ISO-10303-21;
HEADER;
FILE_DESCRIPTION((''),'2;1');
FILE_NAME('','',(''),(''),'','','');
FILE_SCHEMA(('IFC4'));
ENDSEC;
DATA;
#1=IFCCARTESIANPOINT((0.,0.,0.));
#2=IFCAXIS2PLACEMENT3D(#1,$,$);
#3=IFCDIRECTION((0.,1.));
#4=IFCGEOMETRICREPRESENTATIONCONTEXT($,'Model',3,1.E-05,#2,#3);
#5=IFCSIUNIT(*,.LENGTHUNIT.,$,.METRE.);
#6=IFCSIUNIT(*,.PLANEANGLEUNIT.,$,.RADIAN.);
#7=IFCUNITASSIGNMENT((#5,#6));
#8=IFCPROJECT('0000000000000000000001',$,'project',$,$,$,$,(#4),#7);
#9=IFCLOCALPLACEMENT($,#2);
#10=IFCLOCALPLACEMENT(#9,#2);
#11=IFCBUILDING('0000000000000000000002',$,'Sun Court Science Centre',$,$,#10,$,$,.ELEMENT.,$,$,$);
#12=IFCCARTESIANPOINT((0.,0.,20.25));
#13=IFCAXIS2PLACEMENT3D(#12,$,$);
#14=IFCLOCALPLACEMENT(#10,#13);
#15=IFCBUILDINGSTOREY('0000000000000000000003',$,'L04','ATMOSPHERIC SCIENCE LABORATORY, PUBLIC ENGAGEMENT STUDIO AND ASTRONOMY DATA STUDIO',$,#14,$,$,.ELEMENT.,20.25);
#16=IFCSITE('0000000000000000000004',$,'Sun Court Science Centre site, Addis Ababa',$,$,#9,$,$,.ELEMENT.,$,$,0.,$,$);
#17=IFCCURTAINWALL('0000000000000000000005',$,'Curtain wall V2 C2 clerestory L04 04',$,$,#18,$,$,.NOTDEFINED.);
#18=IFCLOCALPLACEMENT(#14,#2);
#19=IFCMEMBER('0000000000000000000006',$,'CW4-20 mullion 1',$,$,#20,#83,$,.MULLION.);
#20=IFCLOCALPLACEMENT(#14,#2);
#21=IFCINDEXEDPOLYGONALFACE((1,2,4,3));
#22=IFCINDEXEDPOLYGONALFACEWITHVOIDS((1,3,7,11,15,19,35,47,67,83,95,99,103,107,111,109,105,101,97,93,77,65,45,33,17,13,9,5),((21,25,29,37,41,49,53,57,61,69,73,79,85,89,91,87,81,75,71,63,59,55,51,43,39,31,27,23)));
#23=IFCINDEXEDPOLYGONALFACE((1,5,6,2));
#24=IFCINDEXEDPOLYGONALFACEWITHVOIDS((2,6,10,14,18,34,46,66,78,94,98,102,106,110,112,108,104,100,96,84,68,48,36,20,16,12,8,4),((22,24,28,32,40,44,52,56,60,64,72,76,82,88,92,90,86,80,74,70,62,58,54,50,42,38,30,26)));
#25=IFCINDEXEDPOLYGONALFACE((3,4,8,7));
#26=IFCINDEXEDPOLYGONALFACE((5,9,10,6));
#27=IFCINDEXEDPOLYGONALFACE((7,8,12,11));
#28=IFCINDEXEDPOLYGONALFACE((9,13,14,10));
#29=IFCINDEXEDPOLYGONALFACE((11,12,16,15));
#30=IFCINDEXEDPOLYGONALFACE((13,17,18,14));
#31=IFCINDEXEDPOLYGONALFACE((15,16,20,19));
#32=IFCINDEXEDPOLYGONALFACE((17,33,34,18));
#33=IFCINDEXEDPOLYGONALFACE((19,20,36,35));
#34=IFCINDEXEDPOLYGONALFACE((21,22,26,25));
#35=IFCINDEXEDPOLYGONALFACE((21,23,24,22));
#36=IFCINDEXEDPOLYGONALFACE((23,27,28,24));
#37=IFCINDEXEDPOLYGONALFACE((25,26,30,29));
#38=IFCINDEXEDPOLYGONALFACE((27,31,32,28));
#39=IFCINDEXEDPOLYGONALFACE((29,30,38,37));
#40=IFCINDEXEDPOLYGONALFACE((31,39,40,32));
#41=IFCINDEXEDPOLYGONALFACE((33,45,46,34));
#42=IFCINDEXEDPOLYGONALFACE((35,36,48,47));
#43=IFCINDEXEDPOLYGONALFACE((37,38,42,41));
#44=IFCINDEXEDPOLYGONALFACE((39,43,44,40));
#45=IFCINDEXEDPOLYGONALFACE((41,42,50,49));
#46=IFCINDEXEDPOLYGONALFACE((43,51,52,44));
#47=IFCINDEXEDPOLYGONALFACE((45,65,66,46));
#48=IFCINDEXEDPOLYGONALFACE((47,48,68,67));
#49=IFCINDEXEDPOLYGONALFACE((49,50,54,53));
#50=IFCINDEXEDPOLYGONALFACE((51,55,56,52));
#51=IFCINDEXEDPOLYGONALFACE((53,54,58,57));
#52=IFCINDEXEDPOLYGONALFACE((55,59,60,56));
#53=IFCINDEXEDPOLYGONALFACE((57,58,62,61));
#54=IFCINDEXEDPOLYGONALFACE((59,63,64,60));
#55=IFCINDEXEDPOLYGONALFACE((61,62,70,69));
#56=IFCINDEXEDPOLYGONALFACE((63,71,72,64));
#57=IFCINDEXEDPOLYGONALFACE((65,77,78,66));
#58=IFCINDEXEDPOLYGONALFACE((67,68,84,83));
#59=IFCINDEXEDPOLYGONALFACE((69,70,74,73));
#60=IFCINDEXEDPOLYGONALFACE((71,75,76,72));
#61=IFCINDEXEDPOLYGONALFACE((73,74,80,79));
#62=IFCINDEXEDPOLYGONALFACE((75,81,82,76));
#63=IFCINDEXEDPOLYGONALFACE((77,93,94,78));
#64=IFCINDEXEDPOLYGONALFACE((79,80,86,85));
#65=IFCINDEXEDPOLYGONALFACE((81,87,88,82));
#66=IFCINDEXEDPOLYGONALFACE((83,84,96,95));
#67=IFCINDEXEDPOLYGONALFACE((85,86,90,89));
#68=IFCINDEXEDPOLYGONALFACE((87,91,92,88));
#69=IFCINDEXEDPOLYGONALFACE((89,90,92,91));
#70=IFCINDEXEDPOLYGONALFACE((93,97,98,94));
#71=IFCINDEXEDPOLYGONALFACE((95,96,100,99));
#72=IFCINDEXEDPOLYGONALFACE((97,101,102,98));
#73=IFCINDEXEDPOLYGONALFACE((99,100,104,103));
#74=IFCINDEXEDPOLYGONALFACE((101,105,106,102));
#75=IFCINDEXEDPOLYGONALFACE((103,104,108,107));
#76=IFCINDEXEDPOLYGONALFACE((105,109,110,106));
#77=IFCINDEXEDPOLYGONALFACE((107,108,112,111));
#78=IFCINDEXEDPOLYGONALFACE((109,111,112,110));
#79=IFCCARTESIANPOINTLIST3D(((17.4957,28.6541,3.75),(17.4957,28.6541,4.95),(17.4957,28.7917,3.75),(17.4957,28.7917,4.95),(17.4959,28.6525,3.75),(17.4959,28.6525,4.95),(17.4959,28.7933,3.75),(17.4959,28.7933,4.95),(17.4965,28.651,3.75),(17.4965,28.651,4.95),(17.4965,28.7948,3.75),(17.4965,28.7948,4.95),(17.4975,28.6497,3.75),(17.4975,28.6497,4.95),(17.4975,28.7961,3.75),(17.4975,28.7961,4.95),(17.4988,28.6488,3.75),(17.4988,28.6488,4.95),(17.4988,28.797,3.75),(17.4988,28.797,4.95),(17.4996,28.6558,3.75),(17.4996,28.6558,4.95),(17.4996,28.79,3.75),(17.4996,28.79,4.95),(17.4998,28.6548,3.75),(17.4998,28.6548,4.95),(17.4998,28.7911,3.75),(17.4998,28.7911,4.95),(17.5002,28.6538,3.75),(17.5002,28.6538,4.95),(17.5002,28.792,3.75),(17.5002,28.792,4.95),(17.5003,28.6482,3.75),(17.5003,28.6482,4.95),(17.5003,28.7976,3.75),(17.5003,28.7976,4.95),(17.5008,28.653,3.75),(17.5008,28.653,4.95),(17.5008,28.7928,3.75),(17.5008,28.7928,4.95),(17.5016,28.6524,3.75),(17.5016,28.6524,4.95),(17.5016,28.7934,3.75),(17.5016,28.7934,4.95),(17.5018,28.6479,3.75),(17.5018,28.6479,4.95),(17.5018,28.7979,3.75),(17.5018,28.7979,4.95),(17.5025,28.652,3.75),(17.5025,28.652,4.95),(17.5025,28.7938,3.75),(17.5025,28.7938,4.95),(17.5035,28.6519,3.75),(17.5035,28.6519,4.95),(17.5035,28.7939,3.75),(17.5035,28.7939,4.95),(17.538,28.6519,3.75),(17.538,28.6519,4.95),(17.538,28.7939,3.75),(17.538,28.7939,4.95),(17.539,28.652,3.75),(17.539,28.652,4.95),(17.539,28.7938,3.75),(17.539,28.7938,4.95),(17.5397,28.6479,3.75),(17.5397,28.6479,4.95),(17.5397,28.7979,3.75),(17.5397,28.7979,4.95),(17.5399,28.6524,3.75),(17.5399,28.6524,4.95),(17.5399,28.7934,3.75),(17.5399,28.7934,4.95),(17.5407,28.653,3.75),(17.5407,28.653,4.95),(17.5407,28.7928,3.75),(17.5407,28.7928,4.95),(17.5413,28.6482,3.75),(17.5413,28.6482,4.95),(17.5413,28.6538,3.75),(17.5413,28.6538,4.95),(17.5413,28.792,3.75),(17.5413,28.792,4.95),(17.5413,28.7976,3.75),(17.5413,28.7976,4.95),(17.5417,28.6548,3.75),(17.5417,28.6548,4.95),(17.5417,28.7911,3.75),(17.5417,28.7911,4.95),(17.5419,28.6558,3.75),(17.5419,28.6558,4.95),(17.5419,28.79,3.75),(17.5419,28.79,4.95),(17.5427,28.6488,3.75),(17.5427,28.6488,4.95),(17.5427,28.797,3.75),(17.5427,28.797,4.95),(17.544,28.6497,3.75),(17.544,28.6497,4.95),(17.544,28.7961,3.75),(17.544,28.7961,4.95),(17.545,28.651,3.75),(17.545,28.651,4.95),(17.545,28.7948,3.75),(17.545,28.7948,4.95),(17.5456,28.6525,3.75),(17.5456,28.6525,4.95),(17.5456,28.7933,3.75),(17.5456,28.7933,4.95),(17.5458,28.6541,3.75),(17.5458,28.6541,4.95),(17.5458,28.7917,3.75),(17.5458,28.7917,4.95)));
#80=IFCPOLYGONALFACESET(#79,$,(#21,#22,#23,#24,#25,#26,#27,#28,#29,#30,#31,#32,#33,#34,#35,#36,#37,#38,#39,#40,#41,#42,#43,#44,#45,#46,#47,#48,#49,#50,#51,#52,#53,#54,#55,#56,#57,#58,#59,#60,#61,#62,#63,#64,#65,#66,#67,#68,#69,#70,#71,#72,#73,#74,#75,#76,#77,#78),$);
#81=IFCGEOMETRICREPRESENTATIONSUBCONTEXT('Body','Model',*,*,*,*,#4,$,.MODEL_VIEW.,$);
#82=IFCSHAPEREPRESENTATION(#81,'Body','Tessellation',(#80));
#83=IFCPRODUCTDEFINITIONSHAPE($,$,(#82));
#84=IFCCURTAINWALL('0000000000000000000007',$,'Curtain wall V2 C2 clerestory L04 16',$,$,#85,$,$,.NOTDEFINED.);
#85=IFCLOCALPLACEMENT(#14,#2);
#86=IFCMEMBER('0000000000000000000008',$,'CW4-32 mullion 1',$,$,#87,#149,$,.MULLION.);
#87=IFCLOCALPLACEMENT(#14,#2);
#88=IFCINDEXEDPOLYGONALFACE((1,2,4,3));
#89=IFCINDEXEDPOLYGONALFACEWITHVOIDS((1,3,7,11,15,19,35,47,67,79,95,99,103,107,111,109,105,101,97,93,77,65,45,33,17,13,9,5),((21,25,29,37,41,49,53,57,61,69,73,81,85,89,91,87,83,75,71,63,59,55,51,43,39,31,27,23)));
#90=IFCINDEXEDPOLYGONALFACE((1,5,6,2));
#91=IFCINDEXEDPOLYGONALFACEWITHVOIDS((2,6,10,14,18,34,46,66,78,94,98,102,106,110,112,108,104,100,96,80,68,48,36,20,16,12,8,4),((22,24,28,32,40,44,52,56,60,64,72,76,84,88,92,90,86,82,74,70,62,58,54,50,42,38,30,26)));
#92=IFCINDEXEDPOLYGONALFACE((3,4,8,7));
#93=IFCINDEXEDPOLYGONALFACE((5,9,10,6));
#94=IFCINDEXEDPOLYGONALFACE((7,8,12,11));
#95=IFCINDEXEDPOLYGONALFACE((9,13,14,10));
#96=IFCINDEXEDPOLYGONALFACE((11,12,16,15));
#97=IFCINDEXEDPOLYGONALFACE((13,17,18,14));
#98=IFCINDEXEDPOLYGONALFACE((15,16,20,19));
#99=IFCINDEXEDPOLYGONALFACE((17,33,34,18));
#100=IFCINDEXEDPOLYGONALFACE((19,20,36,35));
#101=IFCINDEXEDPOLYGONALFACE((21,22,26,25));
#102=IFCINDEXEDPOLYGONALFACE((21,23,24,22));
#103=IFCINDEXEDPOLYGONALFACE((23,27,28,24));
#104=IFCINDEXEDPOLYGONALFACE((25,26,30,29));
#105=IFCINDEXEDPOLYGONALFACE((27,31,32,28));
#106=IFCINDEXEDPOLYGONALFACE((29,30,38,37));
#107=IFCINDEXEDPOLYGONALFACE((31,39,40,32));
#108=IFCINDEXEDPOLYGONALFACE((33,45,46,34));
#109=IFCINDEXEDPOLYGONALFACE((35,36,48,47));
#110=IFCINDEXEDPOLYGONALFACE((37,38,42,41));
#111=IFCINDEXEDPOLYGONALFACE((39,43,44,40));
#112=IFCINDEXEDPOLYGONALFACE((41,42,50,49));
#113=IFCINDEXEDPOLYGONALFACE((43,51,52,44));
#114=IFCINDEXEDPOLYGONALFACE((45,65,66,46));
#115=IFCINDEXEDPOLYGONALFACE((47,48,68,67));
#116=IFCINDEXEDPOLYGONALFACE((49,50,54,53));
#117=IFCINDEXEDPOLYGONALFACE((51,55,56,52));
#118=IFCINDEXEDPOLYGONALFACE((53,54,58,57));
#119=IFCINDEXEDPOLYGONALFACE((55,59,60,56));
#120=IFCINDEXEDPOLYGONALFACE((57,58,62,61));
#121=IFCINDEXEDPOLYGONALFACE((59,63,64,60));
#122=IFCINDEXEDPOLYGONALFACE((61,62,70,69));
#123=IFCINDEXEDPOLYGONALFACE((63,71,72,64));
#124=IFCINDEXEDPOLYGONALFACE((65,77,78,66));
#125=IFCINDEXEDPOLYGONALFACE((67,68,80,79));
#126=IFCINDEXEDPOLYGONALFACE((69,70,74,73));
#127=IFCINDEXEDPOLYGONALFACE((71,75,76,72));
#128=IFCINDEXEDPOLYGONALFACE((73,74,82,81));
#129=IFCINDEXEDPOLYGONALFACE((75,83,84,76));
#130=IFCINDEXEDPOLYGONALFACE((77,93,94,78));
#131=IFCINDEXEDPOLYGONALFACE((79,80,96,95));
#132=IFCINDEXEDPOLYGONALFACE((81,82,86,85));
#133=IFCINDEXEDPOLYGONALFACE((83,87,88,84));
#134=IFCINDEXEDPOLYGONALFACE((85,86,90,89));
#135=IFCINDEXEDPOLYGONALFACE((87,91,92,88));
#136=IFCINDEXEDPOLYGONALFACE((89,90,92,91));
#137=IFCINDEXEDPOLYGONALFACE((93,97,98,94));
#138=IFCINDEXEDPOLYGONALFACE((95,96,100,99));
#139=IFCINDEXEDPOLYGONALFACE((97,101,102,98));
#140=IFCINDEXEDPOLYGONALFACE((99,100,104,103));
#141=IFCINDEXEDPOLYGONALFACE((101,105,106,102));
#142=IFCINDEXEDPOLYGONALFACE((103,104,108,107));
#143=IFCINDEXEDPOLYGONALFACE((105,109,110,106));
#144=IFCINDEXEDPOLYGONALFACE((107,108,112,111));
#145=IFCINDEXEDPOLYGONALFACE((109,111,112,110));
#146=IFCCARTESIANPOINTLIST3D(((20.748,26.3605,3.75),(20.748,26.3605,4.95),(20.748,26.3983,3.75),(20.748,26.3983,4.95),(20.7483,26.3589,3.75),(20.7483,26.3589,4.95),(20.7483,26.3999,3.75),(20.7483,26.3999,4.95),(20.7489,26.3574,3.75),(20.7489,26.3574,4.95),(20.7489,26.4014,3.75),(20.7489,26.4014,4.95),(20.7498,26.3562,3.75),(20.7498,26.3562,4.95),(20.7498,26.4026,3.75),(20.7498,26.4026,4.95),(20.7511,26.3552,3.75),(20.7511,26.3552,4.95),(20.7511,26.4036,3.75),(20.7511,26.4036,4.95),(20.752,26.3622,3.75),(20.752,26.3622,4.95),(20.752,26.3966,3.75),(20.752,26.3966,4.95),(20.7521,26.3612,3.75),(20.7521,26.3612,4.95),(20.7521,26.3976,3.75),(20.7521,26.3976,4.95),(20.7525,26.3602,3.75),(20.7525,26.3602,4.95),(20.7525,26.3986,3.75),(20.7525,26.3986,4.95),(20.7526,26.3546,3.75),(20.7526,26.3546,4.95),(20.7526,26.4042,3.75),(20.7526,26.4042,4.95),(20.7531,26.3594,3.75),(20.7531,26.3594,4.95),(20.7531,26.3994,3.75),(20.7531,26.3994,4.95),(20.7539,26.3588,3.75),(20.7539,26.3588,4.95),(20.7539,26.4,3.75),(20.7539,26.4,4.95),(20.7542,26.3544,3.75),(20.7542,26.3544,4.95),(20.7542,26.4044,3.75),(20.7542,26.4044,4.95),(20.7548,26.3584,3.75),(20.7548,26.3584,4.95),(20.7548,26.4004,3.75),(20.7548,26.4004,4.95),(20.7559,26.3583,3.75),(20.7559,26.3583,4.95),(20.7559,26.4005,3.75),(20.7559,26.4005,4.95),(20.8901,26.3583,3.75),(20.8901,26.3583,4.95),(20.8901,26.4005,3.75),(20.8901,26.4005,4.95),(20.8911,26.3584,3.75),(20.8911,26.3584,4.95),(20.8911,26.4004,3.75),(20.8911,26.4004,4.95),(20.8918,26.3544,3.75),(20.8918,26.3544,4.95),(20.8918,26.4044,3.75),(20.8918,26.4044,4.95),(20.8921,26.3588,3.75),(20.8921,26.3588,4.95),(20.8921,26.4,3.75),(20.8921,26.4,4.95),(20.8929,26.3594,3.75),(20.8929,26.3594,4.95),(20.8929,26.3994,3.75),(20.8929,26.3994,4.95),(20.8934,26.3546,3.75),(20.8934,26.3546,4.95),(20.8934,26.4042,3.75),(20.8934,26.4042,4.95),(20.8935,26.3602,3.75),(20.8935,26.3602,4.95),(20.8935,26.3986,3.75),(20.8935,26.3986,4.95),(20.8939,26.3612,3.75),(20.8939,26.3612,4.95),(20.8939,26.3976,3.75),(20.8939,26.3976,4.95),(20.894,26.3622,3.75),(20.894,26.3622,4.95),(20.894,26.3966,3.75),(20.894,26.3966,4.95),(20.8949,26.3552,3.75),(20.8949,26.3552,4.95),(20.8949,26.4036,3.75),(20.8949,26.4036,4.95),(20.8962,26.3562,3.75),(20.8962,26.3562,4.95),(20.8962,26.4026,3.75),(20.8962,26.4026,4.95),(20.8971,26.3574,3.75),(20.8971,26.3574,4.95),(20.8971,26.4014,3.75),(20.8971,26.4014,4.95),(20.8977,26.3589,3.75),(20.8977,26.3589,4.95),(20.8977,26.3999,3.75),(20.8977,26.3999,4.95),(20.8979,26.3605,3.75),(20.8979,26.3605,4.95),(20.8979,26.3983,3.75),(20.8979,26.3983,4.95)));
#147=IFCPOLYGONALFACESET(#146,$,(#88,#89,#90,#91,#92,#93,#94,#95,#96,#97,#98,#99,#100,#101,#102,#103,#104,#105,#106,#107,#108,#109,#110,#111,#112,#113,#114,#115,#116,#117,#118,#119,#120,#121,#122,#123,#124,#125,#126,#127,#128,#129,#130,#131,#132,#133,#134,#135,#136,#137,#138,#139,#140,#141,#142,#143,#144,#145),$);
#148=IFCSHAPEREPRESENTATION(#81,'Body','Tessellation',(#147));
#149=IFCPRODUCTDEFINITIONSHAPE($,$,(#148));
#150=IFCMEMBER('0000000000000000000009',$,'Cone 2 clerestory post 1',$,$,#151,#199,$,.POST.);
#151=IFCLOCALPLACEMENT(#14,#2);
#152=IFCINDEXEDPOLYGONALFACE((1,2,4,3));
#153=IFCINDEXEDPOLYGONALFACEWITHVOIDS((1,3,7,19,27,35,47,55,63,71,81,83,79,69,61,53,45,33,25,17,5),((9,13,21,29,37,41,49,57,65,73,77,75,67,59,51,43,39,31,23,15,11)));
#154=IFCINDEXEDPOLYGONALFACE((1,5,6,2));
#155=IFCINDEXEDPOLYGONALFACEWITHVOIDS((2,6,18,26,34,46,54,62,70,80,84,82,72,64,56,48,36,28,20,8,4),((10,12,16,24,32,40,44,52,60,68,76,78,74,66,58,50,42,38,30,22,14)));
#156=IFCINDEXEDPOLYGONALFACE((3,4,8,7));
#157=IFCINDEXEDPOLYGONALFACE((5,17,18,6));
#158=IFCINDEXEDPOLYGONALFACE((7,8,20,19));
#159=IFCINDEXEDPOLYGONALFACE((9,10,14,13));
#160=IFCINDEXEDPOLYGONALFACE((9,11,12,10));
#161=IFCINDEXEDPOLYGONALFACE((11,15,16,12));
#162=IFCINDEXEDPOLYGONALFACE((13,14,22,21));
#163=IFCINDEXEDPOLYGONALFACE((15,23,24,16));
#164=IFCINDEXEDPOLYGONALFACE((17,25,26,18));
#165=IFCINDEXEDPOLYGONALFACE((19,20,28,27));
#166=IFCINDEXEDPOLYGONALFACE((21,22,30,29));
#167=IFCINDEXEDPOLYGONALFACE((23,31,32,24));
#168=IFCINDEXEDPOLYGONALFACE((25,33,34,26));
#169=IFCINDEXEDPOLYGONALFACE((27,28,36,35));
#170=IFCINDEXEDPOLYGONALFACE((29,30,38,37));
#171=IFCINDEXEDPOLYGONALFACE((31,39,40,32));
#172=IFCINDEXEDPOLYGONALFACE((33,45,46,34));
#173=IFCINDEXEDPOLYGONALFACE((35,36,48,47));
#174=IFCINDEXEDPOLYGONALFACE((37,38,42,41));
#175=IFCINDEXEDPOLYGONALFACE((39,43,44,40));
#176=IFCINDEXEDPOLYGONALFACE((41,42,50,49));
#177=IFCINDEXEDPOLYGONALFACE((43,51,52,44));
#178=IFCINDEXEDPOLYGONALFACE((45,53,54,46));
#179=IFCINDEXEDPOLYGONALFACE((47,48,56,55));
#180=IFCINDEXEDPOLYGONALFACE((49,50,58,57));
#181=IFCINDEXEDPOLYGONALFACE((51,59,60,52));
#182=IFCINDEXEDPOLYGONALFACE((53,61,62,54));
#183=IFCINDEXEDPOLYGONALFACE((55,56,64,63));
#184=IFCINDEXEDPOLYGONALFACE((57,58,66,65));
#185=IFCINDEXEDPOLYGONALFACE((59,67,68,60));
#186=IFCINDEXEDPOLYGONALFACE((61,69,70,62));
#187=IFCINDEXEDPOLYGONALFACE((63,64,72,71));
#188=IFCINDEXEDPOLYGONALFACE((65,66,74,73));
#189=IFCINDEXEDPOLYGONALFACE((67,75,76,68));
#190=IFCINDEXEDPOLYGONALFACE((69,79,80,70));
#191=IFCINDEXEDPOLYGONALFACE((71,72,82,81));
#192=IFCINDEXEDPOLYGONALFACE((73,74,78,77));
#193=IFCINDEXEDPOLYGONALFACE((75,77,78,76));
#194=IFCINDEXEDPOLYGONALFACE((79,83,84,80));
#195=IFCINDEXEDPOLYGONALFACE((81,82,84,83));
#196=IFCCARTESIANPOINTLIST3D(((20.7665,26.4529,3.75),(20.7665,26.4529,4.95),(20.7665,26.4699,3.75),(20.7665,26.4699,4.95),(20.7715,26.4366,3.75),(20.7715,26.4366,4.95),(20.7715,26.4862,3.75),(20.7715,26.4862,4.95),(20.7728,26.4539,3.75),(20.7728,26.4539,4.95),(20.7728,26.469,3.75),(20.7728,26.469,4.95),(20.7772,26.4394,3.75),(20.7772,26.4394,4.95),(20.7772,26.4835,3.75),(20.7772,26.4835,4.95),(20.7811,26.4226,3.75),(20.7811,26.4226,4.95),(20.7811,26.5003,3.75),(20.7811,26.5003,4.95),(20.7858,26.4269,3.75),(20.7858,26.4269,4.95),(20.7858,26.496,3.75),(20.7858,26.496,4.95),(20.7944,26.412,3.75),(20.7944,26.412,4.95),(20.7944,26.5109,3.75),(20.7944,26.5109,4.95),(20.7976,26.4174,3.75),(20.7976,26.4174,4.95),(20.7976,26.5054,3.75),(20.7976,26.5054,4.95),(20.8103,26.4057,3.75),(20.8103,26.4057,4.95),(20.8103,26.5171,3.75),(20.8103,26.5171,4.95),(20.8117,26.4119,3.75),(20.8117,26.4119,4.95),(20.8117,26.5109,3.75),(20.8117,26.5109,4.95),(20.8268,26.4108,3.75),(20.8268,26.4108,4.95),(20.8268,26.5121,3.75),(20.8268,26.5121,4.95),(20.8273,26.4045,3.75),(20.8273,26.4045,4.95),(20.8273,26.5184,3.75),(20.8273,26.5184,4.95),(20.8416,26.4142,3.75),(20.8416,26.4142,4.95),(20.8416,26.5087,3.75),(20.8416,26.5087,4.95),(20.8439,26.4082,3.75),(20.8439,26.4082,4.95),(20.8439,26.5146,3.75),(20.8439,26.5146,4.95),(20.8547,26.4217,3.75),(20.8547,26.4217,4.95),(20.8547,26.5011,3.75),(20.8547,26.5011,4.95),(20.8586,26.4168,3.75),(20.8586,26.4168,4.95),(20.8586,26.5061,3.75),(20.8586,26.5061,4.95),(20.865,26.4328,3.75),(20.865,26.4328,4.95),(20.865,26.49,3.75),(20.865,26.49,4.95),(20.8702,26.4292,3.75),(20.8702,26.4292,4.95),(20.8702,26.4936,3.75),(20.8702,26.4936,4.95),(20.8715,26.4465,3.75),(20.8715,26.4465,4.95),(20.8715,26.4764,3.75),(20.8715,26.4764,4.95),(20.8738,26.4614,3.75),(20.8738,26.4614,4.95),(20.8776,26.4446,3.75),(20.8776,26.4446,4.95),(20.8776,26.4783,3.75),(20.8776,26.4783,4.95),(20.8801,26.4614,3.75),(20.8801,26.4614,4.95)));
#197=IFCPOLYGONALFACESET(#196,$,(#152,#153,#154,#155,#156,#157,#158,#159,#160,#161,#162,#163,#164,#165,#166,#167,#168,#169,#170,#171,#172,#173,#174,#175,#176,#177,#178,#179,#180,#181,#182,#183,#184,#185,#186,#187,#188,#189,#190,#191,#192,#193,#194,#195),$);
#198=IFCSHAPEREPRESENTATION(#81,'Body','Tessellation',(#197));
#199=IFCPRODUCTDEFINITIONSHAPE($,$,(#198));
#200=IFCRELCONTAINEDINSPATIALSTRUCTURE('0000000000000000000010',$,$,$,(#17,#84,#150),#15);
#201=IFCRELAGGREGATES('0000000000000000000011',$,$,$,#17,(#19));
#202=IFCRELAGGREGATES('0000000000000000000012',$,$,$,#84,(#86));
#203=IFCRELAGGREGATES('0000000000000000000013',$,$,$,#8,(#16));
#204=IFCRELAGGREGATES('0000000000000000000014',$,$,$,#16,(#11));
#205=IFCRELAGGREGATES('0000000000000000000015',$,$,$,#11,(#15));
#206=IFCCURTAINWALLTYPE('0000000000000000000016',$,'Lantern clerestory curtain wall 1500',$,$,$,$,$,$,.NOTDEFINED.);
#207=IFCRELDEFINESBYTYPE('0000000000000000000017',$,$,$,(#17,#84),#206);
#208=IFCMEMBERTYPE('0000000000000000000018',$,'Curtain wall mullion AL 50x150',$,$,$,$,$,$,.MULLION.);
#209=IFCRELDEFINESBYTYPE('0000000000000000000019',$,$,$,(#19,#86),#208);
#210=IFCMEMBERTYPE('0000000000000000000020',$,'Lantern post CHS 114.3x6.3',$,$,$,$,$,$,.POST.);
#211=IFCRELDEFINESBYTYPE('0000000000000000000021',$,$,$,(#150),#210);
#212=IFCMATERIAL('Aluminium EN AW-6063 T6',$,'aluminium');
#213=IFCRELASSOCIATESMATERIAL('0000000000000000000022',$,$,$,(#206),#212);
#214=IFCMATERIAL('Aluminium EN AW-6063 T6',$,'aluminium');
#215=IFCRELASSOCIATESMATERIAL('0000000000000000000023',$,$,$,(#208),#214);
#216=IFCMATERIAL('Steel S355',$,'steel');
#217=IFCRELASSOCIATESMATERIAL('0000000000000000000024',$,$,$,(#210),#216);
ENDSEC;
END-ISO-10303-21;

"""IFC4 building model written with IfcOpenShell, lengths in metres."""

from ifc_helpers import new_model, si_unit, direction, frame, origin, origin_2d, place, context, subcontext, project, spatial, hollow_rectangle, hollow_circle, extrude, material, material_profile, profile_set, type_object, element, aggregate, save


model = new_model("IFC4")

# Units and contexts
model_context = context("Model", 3, precision=1e-05, world=origin(), true_north=direction((0.0, 1.0)))
body_context = subcontext(model_context, "Body", "Model", "MODEL_VIEW")
ifc_project = project(units=[si_unit("LENGTHUNIT", "METRE"), si_unit("PLANEANGLEUNIT", "RADIAN")], contexts=[model_context])

# Site, building, storey
site_placement = place(None, origin())
site = spatial("IfcSite", under=ifc_project, at=site_placement, Name="Sun Court Science Centre site, Addis Ababa", CompositionType="ELEMENT", RefElevation=0.0)
building_placement = place(site_placement, origin())
building = spatial("IfcBuilding", under=site, at=building_placement, Name="Sun Court Science Centre", CompositionType="ELEMENT")
storey_placement = place(building_placement, frame((0.0, 0.0, 20.25)))
storey = spatial("IfcBuildingStorey", under=building, at=storey_placement, Name="L04", Description="ATMOSPHERIC SCIENCE LABORATORY, PUBLIC ENGAGEMENT STUDIO AND ASTRONOMY DATA STUDIO", CompositionType="ELEMENT", Elevation=20.25)

# Shared definitions
ifc_material_1 = material(Name="Aluminium EN AW-6063 T6", Category="aluminium")
curtain_wall_type = type_object("IfcCurtainWallType", Name="Lantern clerestory curtain wall 1500", PredefinedType="NOTDEFINED", material=ifc_material_1)
ifc_material_2 = material(Name="Aluminium EN AW-6063 T6", Category="aluminium")
ifc_material_profile_1 = material_profile(ifc_material_2, hollow_rectangle(XDim=0.05, YDim=0.1499, WallThickness=0.0039, InnerFilletRadius=0.0039, OuterFilletRadius=0.0061, at=origin_2d()), Name="AL 50x150x4")
ifc_profile_set_1 = profile_set([ifc_material_profile_1], Name="Aluminium EN AW-6063 T6")
member_type_1 = type_object("IfcMemberType", Name="Curtain wall mullion AL 50x150", PredefinedType="MULLION", material=ifc_profile_set_1)

# Curtain walls, members
curtain_wall_1_placement = place(storey_placement, origin())
curtain_wall_1 = element("IfcCurtainWall", 1, at=curtain_wall_1_placement, inside=storey, type_object=curtain_wall_type, Name="Curtain wall V2 C2 clerestory L04 04", PredefinedType="NOTDEFINED")
member_1_placement = place(storey_placement, frame((17.5208, 28.7229, 3.75), z_axis=(0.0, 0.0, 1.0), x_axis=(1.0, 0.0, 0.0)))
member_1 = element("IfcMember", 2, at=member_1_placement, type_object=member_type_1, Name="CW4-20 mullion 1", PredefinedType="MULLION", context=body_context, shape_type="SweptSolid", body=[
    extrude(hollow_rectangle(XDim=0.05, YDim=0.1499, WallThickness=0.0039, InnerFilletRadius=0.0039, OuterFilletRadius=0.0061, at=origin_2d()), origin(), (0.0, 0.0, 1.0), 1.2),
])
aggregate(curtain_wall_1, [member_1])
curtain_wall_2_placement = place(storey_placement, origin())
curtain_wall_2 = element("IfcCurtainWall", 3, at=curtain_wall_2_placement, inside=storey, type_object=curtain_wall_type, Name="Curtain wall V2 C2 clerestory L04 16", PredefinedType="NOTDEFINED")
member_2_placement = place(storey_placement, frame((20.823, 26.3794, 3.75), z_axis=(0.0, 0.0, 1.0), x_axis=(0.0, -1.0, 0.0)))
member_2 = element("IfcMember", 4, at=member_2_placement, type_object=member_type_1, Name="CW4-32 mullion 1", PredefinedType="MULLION", context=body_context, shape_type="SweptSolid", body=[
    extrude(hollow_rectangle(XDim=0.05, YDim=0.1499, WallThickness=0.0039, InnerFilletRadius=0.0039, OuterFilletRadius=0.0061, at=origin_2d()), origin(), (0.0, 0.0, 1.0), 1.2),
])
aggregate(curtain_wall_2, [member_2])

# Member
ifc_material_3 = material(Name="Steel S355", Category="steel")
ifc_material_profile_2 = material_profile(ifc_material_3, hollow_circle(Radius=0.0571, WallThickness=0.0063, at=origin_2d()), Name="CHS 114.3x6.3")
ifc_profile_set_2 = profile_set([ifc_material_profile_2], Name="Steel S355")
member_type_2 = type_object("IfcMemberType", Name="Lantern post CHS 114.3x6.3", PredefinedType="POST", material=ifc_profile_set_2)
for number, where, z_axis, x_axis, name in (
    (5, (20.823, 26.4614, 3.75), (0.0, 0.0, 1.0), (1.0, 0.0, 0.0), "Cone 2 clerestory post 1"),
):
    element("IfcMember", number, at=place(storey_placement, frame(where, z_axis=z_axis, x_axis=x_axis)), inside=storey, type_object=member_type_2, Name=name, PredefinedType="POST", context=body_context, shape_type="SweptSolid", body=[
        extrude(hollow_circle(Radius=0.0571, WallThickness=0.0063, at=origin_2d()), origin(), (0.0, 0.0, 1.0), 1.2),
    ])

save(model, "model.ifc")
